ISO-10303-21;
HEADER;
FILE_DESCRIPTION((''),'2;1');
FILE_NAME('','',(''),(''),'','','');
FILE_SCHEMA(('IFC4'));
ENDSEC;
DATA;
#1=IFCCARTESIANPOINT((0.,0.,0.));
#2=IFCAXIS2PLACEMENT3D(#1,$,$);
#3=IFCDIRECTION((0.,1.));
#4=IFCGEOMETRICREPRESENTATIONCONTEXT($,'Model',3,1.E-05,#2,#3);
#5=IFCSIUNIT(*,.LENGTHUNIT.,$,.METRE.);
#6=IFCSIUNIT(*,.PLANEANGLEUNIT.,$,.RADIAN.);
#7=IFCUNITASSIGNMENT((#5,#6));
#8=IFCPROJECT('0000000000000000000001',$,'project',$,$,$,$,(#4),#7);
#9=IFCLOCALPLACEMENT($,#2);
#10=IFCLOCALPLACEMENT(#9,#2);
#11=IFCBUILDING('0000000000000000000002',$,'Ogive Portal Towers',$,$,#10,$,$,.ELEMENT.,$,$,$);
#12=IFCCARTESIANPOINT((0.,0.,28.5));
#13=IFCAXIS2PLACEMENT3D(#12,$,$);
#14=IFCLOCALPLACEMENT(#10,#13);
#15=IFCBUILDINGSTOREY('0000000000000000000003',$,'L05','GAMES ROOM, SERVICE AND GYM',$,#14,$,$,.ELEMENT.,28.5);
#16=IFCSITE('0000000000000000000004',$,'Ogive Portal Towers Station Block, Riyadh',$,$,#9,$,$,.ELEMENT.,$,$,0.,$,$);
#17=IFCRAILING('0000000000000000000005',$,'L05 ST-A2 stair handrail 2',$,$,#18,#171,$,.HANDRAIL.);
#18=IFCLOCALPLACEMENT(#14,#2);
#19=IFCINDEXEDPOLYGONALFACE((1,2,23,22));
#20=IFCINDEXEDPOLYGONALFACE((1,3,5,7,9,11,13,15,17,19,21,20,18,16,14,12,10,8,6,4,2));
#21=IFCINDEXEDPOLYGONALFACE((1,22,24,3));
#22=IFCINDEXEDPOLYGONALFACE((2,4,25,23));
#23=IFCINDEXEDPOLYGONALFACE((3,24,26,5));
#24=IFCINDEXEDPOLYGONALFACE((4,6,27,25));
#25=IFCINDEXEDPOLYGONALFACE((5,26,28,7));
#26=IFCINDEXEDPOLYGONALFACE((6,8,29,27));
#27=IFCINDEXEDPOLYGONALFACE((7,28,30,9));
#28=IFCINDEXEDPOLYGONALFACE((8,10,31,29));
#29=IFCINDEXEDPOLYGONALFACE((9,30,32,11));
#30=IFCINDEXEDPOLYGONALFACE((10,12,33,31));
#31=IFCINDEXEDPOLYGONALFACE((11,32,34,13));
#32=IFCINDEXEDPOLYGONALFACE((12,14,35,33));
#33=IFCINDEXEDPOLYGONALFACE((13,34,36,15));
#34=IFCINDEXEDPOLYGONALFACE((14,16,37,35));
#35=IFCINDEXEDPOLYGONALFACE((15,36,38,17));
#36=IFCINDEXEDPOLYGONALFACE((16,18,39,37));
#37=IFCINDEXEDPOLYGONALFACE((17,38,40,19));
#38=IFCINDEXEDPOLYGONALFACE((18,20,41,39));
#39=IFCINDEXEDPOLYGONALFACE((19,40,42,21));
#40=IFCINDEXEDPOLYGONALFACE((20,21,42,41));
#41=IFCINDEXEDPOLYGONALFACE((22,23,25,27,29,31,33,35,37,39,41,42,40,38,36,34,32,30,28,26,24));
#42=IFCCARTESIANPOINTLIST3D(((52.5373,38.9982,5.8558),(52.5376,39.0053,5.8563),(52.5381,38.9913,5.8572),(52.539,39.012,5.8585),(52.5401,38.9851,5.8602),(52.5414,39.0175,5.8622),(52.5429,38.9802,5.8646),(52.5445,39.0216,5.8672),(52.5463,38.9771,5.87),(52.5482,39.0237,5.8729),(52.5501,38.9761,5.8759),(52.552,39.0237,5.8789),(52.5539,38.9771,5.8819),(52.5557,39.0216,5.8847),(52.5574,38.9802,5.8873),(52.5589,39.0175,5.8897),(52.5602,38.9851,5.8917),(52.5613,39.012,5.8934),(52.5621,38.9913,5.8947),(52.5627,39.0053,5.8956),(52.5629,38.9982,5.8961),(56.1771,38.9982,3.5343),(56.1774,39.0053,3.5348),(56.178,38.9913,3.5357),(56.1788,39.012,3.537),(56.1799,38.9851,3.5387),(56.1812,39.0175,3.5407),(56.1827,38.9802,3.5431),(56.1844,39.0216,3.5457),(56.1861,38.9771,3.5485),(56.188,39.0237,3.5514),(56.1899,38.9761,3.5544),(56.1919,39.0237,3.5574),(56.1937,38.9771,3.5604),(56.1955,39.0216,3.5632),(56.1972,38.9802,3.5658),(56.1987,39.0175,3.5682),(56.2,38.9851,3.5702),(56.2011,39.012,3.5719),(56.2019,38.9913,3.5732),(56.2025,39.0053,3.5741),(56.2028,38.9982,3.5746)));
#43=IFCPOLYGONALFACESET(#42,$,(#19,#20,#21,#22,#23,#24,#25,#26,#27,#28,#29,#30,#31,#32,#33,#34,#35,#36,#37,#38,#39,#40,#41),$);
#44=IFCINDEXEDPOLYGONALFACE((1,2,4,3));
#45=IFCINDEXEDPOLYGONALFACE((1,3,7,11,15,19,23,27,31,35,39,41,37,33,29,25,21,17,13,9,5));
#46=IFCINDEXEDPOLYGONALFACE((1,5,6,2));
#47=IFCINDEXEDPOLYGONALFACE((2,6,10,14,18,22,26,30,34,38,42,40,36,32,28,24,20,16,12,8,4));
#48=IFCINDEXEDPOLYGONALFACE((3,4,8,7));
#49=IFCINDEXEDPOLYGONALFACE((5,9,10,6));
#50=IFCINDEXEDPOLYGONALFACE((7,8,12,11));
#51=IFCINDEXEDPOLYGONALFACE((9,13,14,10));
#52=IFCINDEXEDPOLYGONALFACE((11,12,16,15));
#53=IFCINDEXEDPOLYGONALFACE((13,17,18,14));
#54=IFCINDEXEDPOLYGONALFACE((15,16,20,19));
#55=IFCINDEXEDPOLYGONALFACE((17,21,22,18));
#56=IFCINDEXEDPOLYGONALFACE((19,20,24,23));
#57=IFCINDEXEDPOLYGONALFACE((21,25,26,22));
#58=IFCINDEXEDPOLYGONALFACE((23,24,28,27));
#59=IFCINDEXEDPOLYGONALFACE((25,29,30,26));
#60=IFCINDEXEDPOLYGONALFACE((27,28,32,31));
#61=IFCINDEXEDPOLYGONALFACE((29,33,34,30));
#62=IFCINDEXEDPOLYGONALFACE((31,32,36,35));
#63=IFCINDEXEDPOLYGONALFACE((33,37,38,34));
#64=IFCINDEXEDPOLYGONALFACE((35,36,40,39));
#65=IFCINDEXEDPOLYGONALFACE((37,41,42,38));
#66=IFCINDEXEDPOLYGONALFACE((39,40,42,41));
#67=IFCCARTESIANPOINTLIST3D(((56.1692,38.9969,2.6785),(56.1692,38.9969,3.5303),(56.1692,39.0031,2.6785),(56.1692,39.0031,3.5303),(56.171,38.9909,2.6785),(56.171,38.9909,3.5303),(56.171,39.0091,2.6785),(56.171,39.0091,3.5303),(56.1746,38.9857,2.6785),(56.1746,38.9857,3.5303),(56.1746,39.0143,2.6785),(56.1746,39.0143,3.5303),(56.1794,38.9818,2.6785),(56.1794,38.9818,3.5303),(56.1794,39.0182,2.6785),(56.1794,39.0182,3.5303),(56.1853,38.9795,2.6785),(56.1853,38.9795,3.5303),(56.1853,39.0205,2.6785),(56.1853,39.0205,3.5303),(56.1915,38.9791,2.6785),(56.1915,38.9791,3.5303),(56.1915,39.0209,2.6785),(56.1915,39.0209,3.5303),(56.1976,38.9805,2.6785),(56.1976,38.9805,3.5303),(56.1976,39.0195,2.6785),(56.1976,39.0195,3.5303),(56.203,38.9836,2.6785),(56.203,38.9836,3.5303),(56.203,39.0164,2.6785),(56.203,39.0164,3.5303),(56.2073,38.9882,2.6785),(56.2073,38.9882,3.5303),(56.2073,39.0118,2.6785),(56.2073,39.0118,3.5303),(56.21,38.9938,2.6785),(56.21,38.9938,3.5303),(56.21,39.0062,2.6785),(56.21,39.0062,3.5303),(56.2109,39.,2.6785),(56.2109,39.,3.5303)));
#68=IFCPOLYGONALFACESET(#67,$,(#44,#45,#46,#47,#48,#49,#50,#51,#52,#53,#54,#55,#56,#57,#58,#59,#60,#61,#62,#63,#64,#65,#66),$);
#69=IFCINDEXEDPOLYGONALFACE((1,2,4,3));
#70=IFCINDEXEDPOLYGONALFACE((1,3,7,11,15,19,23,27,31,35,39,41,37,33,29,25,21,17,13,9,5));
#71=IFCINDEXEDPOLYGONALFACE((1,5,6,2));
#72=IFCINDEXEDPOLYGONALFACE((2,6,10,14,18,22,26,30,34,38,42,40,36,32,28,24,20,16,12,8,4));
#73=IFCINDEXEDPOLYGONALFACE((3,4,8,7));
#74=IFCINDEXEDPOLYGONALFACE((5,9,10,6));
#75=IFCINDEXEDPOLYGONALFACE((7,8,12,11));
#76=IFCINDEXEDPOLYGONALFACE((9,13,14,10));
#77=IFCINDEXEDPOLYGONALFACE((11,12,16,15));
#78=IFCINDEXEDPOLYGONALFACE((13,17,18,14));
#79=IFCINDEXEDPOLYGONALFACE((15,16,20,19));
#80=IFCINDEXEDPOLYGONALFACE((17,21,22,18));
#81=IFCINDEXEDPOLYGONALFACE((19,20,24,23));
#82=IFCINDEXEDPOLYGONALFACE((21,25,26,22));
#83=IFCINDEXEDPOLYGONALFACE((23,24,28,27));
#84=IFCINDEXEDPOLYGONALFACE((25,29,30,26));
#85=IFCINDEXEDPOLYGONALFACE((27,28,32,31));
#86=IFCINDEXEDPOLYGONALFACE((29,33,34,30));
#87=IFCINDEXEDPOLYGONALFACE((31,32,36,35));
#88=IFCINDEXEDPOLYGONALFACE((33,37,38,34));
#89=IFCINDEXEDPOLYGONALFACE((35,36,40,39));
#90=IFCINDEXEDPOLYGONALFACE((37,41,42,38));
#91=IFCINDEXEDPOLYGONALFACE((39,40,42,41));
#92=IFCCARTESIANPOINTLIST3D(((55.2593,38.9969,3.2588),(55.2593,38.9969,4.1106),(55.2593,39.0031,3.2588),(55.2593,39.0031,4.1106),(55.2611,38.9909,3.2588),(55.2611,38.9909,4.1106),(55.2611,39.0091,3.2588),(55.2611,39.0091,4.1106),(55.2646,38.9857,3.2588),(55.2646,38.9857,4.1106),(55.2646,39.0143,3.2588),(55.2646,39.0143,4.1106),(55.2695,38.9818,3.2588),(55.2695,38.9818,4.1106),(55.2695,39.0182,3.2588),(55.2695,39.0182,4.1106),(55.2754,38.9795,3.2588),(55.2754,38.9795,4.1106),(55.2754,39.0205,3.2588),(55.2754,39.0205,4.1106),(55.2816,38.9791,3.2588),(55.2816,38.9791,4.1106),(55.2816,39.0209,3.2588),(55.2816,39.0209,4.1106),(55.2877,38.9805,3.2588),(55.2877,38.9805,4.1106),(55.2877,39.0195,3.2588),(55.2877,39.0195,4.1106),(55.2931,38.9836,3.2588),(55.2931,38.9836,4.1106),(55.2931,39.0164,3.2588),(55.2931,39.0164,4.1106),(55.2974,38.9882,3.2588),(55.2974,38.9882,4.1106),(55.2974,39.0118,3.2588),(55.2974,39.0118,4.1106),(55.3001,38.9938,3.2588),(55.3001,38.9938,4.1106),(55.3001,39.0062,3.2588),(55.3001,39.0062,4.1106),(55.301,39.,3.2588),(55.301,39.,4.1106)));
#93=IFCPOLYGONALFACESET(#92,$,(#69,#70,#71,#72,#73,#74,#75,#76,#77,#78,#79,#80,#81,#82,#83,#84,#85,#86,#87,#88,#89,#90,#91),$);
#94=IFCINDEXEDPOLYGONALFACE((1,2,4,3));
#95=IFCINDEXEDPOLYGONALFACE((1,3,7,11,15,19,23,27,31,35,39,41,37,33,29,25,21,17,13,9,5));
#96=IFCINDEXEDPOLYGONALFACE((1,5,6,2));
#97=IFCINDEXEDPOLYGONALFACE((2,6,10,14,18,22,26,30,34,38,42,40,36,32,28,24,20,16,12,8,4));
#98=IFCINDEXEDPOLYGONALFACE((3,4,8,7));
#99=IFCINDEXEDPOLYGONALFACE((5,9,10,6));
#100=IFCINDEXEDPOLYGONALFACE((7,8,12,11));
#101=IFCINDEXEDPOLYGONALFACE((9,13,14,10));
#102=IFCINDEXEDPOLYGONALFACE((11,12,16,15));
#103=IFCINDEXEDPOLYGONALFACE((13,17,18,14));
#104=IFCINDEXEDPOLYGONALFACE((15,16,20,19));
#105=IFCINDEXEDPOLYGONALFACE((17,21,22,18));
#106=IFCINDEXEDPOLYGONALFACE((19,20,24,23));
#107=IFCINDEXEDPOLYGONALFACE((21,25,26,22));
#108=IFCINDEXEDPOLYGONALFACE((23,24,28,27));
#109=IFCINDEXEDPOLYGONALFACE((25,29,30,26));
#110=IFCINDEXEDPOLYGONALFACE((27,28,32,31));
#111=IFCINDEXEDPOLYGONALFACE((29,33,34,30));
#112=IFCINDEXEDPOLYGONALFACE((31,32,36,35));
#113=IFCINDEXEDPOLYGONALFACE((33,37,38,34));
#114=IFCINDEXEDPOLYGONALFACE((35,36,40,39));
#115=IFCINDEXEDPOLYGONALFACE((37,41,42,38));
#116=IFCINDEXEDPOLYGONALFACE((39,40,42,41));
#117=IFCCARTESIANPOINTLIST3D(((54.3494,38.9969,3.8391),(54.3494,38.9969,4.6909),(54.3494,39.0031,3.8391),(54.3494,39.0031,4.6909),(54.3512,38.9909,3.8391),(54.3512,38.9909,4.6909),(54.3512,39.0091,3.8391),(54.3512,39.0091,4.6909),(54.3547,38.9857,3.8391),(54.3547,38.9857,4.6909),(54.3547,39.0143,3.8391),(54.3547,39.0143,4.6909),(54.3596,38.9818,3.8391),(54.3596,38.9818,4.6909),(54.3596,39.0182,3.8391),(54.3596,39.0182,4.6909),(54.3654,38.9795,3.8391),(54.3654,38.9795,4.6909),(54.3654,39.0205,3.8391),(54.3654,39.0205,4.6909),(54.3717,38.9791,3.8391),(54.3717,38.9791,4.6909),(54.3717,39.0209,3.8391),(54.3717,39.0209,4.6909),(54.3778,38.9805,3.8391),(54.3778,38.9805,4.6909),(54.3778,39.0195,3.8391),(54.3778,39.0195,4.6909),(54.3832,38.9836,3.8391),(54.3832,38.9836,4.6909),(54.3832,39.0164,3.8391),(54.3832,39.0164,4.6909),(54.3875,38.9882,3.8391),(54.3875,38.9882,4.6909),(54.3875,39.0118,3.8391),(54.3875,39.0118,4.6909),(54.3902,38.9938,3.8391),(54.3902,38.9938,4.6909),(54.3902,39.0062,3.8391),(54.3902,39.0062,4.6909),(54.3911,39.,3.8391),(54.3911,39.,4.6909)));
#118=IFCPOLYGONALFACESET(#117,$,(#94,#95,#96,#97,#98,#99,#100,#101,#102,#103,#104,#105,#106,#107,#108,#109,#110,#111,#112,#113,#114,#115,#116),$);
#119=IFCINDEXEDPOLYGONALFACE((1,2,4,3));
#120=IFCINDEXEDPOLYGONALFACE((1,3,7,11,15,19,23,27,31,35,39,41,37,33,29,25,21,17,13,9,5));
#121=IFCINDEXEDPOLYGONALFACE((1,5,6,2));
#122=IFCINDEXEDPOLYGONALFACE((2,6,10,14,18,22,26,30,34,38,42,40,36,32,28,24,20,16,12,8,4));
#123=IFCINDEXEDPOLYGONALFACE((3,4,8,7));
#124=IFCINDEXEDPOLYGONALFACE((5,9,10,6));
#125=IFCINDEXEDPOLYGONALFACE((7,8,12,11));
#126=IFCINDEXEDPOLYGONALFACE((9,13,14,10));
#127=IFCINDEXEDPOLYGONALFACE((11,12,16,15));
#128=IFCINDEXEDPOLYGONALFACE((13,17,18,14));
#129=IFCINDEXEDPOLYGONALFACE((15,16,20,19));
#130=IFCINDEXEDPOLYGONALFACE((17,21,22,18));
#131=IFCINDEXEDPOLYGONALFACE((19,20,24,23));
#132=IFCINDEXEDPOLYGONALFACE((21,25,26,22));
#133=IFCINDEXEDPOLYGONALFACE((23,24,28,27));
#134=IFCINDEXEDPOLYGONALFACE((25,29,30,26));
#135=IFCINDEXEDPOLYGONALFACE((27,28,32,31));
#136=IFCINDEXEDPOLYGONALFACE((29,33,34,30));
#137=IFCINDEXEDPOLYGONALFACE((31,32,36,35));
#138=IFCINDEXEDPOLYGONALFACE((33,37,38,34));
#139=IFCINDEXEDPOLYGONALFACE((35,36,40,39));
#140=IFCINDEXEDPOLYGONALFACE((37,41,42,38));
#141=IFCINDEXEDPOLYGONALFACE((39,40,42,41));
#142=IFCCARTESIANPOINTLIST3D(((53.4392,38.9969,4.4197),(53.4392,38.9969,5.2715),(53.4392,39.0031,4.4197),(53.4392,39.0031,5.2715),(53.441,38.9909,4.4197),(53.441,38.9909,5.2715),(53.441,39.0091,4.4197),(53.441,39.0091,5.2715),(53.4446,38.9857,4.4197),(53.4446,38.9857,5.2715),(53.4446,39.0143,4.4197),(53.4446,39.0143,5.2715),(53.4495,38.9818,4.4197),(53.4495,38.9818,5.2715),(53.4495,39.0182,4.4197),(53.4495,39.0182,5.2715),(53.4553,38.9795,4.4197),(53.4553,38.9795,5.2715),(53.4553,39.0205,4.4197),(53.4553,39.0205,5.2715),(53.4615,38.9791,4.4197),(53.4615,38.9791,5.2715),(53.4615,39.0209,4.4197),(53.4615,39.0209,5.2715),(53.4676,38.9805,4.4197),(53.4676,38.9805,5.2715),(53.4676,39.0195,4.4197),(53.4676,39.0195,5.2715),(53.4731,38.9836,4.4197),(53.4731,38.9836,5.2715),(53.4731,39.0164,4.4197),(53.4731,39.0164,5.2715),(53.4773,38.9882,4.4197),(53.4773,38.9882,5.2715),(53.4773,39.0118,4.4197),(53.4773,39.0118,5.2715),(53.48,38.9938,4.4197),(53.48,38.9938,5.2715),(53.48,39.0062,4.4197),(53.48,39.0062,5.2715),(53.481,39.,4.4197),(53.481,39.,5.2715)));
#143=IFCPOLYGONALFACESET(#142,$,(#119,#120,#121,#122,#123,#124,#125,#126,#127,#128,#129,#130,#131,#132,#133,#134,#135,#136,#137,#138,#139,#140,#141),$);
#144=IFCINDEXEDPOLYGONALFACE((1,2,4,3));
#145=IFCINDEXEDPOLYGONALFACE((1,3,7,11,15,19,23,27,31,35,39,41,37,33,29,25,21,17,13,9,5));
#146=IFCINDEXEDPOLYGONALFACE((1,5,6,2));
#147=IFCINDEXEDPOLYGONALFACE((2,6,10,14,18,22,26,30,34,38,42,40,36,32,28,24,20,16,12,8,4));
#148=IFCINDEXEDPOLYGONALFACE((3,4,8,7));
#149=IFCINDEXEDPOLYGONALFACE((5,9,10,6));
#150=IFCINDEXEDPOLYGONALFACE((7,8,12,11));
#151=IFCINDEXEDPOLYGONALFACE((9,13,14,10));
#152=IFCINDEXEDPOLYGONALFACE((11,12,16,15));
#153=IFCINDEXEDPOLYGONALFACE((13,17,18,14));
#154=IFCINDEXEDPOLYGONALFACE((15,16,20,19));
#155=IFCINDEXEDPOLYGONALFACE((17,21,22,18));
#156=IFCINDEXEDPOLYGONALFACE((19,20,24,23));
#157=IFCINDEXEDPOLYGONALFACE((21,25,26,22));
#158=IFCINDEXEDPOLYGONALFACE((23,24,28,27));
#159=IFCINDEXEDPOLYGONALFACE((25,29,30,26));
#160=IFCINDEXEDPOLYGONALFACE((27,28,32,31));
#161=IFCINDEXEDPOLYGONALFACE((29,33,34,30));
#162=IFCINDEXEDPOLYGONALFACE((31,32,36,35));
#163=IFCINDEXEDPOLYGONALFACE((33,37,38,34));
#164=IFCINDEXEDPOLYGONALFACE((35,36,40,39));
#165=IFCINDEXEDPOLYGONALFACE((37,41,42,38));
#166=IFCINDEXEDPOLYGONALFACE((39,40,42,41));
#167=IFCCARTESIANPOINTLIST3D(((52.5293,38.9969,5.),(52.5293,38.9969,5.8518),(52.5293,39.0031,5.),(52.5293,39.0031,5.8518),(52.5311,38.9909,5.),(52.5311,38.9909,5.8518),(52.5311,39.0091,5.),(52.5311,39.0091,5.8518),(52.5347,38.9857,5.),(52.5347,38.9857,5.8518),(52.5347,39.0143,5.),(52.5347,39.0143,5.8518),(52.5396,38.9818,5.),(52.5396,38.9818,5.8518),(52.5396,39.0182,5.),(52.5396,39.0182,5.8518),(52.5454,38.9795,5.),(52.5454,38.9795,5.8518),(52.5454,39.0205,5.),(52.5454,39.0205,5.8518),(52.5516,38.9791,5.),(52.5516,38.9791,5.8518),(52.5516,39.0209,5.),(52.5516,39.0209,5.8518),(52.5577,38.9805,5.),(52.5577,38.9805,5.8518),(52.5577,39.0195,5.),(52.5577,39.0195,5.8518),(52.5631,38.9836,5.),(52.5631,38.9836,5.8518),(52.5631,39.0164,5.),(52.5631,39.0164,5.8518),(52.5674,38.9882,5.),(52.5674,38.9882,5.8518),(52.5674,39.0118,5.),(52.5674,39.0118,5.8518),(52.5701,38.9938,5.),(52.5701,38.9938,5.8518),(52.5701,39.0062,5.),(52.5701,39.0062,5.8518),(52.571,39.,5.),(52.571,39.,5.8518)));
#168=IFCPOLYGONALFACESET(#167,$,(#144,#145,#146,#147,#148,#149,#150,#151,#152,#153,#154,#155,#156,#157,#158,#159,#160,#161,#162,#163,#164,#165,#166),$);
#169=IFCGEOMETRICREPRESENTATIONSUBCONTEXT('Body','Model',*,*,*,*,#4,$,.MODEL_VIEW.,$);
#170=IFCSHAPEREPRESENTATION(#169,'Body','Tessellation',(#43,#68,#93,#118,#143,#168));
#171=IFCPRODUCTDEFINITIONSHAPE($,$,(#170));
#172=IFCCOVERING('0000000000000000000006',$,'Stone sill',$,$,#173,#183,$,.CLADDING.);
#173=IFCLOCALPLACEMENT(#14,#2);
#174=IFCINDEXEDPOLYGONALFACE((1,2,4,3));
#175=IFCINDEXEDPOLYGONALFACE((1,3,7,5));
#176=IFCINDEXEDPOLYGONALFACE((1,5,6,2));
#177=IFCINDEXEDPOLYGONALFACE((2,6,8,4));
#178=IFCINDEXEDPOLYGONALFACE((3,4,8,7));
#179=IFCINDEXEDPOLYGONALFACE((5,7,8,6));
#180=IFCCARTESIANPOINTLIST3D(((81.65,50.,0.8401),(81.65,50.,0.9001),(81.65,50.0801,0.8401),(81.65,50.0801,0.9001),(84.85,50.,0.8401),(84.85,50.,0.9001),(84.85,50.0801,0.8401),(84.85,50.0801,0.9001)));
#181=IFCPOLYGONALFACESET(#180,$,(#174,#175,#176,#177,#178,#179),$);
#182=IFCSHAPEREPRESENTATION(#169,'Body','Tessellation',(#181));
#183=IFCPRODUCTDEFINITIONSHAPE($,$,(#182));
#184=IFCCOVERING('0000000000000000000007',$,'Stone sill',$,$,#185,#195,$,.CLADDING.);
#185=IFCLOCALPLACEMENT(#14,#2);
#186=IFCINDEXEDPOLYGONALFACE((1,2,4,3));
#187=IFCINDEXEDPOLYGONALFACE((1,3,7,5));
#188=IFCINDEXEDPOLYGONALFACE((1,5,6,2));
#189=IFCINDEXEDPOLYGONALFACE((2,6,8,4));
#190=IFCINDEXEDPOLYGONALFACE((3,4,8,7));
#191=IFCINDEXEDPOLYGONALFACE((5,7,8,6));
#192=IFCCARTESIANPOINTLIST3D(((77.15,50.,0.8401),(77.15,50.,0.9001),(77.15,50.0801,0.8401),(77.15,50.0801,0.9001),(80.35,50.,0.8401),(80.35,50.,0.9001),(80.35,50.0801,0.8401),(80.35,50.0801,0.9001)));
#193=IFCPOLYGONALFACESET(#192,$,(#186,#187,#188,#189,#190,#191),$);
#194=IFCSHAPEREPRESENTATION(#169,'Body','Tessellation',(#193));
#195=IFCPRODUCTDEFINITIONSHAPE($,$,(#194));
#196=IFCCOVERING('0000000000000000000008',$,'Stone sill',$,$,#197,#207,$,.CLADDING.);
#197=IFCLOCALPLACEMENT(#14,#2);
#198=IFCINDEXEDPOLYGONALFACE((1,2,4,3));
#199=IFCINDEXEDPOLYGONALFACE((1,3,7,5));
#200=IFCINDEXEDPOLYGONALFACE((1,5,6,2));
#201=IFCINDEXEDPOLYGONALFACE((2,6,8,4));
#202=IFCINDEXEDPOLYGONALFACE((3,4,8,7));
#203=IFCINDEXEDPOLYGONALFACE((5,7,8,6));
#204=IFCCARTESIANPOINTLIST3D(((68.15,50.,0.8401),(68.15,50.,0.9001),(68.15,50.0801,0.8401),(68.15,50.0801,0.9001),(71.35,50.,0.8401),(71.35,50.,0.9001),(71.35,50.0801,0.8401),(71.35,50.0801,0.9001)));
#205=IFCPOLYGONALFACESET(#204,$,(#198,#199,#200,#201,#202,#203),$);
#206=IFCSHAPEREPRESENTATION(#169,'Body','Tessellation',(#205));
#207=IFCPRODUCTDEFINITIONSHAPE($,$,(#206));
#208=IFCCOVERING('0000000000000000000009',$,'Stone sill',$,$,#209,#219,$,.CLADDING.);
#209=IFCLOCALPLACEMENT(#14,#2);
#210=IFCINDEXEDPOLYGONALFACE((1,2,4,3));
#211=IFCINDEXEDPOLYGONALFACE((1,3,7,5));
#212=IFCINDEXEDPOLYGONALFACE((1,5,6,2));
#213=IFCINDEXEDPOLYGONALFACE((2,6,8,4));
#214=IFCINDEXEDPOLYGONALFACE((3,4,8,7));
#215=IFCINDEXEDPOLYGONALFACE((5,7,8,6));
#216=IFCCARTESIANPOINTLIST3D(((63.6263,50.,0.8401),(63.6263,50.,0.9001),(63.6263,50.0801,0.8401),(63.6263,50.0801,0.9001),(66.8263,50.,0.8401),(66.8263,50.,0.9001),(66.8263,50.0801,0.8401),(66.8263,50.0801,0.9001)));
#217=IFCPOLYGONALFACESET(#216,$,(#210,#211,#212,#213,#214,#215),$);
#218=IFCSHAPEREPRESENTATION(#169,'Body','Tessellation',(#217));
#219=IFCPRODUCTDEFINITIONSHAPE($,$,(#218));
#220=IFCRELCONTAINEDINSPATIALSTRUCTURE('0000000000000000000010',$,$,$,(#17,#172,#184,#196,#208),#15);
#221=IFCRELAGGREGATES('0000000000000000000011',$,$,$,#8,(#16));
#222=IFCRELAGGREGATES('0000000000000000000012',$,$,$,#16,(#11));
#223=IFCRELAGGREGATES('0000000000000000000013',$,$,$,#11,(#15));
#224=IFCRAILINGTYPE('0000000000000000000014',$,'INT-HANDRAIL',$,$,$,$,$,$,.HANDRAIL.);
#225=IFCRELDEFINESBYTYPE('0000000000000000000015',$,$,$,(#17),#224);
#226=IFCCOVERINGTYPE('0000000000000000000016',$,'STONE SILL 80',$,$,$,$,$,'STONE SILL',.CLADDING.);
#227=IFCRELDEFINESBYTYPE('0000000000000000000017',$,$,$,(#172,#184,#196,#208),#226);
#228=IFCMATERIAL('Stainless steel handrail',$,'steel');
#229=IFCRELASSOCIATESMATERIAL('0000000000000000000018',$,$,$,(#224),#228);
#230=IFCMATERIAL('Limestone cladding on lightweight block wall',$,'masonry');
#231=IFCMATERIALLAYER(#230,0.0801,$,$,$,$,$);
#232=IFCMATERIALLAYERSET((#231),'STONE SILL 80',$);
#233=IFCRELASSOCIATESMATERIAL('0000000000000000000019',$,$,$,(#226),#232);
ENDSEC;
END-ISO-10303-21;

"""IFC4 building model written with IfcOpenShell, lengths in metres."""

from ifc_helpers import new_model, si_unit, direction, frame, origin, origin_2d, place, context, subcontext, project, spatial, rectangle, circle, extrude, material, layer, layer_set, type_object, element, save


model = new_model("IFC4")

# Units and contexts
model_context = context("Model", 3, precision=1e-05, world=origin(), true_north=direction((0.0, 1.0)))
body_context = subcontext(model_context, "Body", "Model", "MODEL_VIEW")
ifc_project = project(units=[si_unit("LENGTHUNIT", "METRE"), si_unit("PLANEANGLEUNIT", "RADIAN")], contexts=[model_context])

# Site, building, storey
site_placement = place(None, origin())
site = spatial("IfcSite", under=ifc_project, at=site_placement, Name="Ogive Portal Towers Station Block, Riyadh", CompositionType="ELEMENT", RefElevation=0.0)
building_placement = place(site_placement, origin())
building = spatial("IfcBuilding", under=site, at=building_placement, Name="Ogive Portal Towers", CompositionType="ELEMENT")
storey_placement = place(building_placement, frame((0.0, 0.0, 28.5)))
storey = spatial("IfcBuildingStorey", under=building, at=storey_placement, Name="L05", Description="GAMES ROOM, SERVICE AND GYM", CompositionType="ELEMENT", Elevation=28.5)

# Shared definitions
ifc_material_1 = material(Name="Limestone cladding on lightweight block wall", Category="masonry")

# Railing
ifc_material_2 = material(Name="Stainless steel handrail", Category="steel")
railing_type_1 = type_object("IfcRailingType", Name="INT-HANDRAIL", PredefinedType="HANDRAIL", material=ifc_material_2)
railing_1_placement = place(storey_placement, frame((56.1899, 39.0, 2.6785)))
element("IfcRailing", 1, at=railing_1_placement, inside=storey, type_object=railing_type_1, Name="L05 ST-A2 stair handrail 2", PredefinedType="HANDRAIL", context=body_context, shape_type="SweptSolid", body=[
    extrude(circle(Radius=0.0239, at=origin_2d()), frame((0.0, 0.0, 0.876), z_axis=(-0.843112, 0.0, 0.537739), x_axis=(0.0, -1.0, 0.0)), (0.0, 0.0, 1.0), 4.3171),
    extrude(circle(Radius=0.021, at=origin_2d()), origin(), (0.0, 0.0, 1.0), 0.8518),
    extrude(circle(Radius=0.021, at=origin_2d()), frame((-0.9099, 0.0, 0.5803)), (0.0, 0.0, 1.0), 0.8518),
    extrude(circle(Radius=0.021, at=origin_2d()), frame((-1.8198, 0.0, 1.1606)), (0.0, 0.0, 1.0), 0.8518),
    extrude(circle(Radius=0.021, at=origin_2d()), frame((-2.73, 0.0, 1.7412)), (0.0, 0.0, 1.0), 0.8518),
    extrude(circle(Radius=0.021, at=origin_2d()), frame((-3.6399, 0.0, 2.3215)), (0.0, 0.0, 1.0), 0.8518),
])

# Coverings
ifc_layer_1 = layer(ifc_material_1, 0.0801)
ifc_layer_set_1 = layer_set([ifc_layer_1], Name="STONE SILL 80")
covering_type = type_object("IfcCoveringType", Name="STONE SILL 80", ElementType="STONE SILL", PredefinedType="CLADDING", material=ifc_layer_set_1)
for number, where, z_axis, x_axis, name in (
    (2, (83.25, 50.04, 0.8401), (0.0, 0.0, 1.0), (-1.0, 0.0, 0.0), "Stone sill"),
    (3, (78.75, 50.04, 0.8401), (0.0, 0.0, 1.0), (-1.0, 0.0, 0.0), "Stone sill"),
    (4, (69.75, 50.04, 0.8401), (0.0, 0.0, 1.0), (-1.0, 0.0, 0.0), "Stone sill"),
    (5, (65.2263, 50.04, 0.8401), (0.0, 0.0, 1.0), (-1.0, 0.0, 0.0), "Stone sill"),
):
    element("IfcCovering", number, at=place(storey_placement, frame(where, z_axis=z_axis, x_axis=x_axis)), inside=storey, type_object=covering_type, Name=name, PredefinedType="CLADDING", context=body_context, shape_type="SweptSolid", body=[
        extrude(rectangle(XDim=3.2, YDim=0.0801, at=origin_2d()), origin(), (0.0, 0.0, 1.0), 0.0601),
    ])

save(model, "model.ifc")
